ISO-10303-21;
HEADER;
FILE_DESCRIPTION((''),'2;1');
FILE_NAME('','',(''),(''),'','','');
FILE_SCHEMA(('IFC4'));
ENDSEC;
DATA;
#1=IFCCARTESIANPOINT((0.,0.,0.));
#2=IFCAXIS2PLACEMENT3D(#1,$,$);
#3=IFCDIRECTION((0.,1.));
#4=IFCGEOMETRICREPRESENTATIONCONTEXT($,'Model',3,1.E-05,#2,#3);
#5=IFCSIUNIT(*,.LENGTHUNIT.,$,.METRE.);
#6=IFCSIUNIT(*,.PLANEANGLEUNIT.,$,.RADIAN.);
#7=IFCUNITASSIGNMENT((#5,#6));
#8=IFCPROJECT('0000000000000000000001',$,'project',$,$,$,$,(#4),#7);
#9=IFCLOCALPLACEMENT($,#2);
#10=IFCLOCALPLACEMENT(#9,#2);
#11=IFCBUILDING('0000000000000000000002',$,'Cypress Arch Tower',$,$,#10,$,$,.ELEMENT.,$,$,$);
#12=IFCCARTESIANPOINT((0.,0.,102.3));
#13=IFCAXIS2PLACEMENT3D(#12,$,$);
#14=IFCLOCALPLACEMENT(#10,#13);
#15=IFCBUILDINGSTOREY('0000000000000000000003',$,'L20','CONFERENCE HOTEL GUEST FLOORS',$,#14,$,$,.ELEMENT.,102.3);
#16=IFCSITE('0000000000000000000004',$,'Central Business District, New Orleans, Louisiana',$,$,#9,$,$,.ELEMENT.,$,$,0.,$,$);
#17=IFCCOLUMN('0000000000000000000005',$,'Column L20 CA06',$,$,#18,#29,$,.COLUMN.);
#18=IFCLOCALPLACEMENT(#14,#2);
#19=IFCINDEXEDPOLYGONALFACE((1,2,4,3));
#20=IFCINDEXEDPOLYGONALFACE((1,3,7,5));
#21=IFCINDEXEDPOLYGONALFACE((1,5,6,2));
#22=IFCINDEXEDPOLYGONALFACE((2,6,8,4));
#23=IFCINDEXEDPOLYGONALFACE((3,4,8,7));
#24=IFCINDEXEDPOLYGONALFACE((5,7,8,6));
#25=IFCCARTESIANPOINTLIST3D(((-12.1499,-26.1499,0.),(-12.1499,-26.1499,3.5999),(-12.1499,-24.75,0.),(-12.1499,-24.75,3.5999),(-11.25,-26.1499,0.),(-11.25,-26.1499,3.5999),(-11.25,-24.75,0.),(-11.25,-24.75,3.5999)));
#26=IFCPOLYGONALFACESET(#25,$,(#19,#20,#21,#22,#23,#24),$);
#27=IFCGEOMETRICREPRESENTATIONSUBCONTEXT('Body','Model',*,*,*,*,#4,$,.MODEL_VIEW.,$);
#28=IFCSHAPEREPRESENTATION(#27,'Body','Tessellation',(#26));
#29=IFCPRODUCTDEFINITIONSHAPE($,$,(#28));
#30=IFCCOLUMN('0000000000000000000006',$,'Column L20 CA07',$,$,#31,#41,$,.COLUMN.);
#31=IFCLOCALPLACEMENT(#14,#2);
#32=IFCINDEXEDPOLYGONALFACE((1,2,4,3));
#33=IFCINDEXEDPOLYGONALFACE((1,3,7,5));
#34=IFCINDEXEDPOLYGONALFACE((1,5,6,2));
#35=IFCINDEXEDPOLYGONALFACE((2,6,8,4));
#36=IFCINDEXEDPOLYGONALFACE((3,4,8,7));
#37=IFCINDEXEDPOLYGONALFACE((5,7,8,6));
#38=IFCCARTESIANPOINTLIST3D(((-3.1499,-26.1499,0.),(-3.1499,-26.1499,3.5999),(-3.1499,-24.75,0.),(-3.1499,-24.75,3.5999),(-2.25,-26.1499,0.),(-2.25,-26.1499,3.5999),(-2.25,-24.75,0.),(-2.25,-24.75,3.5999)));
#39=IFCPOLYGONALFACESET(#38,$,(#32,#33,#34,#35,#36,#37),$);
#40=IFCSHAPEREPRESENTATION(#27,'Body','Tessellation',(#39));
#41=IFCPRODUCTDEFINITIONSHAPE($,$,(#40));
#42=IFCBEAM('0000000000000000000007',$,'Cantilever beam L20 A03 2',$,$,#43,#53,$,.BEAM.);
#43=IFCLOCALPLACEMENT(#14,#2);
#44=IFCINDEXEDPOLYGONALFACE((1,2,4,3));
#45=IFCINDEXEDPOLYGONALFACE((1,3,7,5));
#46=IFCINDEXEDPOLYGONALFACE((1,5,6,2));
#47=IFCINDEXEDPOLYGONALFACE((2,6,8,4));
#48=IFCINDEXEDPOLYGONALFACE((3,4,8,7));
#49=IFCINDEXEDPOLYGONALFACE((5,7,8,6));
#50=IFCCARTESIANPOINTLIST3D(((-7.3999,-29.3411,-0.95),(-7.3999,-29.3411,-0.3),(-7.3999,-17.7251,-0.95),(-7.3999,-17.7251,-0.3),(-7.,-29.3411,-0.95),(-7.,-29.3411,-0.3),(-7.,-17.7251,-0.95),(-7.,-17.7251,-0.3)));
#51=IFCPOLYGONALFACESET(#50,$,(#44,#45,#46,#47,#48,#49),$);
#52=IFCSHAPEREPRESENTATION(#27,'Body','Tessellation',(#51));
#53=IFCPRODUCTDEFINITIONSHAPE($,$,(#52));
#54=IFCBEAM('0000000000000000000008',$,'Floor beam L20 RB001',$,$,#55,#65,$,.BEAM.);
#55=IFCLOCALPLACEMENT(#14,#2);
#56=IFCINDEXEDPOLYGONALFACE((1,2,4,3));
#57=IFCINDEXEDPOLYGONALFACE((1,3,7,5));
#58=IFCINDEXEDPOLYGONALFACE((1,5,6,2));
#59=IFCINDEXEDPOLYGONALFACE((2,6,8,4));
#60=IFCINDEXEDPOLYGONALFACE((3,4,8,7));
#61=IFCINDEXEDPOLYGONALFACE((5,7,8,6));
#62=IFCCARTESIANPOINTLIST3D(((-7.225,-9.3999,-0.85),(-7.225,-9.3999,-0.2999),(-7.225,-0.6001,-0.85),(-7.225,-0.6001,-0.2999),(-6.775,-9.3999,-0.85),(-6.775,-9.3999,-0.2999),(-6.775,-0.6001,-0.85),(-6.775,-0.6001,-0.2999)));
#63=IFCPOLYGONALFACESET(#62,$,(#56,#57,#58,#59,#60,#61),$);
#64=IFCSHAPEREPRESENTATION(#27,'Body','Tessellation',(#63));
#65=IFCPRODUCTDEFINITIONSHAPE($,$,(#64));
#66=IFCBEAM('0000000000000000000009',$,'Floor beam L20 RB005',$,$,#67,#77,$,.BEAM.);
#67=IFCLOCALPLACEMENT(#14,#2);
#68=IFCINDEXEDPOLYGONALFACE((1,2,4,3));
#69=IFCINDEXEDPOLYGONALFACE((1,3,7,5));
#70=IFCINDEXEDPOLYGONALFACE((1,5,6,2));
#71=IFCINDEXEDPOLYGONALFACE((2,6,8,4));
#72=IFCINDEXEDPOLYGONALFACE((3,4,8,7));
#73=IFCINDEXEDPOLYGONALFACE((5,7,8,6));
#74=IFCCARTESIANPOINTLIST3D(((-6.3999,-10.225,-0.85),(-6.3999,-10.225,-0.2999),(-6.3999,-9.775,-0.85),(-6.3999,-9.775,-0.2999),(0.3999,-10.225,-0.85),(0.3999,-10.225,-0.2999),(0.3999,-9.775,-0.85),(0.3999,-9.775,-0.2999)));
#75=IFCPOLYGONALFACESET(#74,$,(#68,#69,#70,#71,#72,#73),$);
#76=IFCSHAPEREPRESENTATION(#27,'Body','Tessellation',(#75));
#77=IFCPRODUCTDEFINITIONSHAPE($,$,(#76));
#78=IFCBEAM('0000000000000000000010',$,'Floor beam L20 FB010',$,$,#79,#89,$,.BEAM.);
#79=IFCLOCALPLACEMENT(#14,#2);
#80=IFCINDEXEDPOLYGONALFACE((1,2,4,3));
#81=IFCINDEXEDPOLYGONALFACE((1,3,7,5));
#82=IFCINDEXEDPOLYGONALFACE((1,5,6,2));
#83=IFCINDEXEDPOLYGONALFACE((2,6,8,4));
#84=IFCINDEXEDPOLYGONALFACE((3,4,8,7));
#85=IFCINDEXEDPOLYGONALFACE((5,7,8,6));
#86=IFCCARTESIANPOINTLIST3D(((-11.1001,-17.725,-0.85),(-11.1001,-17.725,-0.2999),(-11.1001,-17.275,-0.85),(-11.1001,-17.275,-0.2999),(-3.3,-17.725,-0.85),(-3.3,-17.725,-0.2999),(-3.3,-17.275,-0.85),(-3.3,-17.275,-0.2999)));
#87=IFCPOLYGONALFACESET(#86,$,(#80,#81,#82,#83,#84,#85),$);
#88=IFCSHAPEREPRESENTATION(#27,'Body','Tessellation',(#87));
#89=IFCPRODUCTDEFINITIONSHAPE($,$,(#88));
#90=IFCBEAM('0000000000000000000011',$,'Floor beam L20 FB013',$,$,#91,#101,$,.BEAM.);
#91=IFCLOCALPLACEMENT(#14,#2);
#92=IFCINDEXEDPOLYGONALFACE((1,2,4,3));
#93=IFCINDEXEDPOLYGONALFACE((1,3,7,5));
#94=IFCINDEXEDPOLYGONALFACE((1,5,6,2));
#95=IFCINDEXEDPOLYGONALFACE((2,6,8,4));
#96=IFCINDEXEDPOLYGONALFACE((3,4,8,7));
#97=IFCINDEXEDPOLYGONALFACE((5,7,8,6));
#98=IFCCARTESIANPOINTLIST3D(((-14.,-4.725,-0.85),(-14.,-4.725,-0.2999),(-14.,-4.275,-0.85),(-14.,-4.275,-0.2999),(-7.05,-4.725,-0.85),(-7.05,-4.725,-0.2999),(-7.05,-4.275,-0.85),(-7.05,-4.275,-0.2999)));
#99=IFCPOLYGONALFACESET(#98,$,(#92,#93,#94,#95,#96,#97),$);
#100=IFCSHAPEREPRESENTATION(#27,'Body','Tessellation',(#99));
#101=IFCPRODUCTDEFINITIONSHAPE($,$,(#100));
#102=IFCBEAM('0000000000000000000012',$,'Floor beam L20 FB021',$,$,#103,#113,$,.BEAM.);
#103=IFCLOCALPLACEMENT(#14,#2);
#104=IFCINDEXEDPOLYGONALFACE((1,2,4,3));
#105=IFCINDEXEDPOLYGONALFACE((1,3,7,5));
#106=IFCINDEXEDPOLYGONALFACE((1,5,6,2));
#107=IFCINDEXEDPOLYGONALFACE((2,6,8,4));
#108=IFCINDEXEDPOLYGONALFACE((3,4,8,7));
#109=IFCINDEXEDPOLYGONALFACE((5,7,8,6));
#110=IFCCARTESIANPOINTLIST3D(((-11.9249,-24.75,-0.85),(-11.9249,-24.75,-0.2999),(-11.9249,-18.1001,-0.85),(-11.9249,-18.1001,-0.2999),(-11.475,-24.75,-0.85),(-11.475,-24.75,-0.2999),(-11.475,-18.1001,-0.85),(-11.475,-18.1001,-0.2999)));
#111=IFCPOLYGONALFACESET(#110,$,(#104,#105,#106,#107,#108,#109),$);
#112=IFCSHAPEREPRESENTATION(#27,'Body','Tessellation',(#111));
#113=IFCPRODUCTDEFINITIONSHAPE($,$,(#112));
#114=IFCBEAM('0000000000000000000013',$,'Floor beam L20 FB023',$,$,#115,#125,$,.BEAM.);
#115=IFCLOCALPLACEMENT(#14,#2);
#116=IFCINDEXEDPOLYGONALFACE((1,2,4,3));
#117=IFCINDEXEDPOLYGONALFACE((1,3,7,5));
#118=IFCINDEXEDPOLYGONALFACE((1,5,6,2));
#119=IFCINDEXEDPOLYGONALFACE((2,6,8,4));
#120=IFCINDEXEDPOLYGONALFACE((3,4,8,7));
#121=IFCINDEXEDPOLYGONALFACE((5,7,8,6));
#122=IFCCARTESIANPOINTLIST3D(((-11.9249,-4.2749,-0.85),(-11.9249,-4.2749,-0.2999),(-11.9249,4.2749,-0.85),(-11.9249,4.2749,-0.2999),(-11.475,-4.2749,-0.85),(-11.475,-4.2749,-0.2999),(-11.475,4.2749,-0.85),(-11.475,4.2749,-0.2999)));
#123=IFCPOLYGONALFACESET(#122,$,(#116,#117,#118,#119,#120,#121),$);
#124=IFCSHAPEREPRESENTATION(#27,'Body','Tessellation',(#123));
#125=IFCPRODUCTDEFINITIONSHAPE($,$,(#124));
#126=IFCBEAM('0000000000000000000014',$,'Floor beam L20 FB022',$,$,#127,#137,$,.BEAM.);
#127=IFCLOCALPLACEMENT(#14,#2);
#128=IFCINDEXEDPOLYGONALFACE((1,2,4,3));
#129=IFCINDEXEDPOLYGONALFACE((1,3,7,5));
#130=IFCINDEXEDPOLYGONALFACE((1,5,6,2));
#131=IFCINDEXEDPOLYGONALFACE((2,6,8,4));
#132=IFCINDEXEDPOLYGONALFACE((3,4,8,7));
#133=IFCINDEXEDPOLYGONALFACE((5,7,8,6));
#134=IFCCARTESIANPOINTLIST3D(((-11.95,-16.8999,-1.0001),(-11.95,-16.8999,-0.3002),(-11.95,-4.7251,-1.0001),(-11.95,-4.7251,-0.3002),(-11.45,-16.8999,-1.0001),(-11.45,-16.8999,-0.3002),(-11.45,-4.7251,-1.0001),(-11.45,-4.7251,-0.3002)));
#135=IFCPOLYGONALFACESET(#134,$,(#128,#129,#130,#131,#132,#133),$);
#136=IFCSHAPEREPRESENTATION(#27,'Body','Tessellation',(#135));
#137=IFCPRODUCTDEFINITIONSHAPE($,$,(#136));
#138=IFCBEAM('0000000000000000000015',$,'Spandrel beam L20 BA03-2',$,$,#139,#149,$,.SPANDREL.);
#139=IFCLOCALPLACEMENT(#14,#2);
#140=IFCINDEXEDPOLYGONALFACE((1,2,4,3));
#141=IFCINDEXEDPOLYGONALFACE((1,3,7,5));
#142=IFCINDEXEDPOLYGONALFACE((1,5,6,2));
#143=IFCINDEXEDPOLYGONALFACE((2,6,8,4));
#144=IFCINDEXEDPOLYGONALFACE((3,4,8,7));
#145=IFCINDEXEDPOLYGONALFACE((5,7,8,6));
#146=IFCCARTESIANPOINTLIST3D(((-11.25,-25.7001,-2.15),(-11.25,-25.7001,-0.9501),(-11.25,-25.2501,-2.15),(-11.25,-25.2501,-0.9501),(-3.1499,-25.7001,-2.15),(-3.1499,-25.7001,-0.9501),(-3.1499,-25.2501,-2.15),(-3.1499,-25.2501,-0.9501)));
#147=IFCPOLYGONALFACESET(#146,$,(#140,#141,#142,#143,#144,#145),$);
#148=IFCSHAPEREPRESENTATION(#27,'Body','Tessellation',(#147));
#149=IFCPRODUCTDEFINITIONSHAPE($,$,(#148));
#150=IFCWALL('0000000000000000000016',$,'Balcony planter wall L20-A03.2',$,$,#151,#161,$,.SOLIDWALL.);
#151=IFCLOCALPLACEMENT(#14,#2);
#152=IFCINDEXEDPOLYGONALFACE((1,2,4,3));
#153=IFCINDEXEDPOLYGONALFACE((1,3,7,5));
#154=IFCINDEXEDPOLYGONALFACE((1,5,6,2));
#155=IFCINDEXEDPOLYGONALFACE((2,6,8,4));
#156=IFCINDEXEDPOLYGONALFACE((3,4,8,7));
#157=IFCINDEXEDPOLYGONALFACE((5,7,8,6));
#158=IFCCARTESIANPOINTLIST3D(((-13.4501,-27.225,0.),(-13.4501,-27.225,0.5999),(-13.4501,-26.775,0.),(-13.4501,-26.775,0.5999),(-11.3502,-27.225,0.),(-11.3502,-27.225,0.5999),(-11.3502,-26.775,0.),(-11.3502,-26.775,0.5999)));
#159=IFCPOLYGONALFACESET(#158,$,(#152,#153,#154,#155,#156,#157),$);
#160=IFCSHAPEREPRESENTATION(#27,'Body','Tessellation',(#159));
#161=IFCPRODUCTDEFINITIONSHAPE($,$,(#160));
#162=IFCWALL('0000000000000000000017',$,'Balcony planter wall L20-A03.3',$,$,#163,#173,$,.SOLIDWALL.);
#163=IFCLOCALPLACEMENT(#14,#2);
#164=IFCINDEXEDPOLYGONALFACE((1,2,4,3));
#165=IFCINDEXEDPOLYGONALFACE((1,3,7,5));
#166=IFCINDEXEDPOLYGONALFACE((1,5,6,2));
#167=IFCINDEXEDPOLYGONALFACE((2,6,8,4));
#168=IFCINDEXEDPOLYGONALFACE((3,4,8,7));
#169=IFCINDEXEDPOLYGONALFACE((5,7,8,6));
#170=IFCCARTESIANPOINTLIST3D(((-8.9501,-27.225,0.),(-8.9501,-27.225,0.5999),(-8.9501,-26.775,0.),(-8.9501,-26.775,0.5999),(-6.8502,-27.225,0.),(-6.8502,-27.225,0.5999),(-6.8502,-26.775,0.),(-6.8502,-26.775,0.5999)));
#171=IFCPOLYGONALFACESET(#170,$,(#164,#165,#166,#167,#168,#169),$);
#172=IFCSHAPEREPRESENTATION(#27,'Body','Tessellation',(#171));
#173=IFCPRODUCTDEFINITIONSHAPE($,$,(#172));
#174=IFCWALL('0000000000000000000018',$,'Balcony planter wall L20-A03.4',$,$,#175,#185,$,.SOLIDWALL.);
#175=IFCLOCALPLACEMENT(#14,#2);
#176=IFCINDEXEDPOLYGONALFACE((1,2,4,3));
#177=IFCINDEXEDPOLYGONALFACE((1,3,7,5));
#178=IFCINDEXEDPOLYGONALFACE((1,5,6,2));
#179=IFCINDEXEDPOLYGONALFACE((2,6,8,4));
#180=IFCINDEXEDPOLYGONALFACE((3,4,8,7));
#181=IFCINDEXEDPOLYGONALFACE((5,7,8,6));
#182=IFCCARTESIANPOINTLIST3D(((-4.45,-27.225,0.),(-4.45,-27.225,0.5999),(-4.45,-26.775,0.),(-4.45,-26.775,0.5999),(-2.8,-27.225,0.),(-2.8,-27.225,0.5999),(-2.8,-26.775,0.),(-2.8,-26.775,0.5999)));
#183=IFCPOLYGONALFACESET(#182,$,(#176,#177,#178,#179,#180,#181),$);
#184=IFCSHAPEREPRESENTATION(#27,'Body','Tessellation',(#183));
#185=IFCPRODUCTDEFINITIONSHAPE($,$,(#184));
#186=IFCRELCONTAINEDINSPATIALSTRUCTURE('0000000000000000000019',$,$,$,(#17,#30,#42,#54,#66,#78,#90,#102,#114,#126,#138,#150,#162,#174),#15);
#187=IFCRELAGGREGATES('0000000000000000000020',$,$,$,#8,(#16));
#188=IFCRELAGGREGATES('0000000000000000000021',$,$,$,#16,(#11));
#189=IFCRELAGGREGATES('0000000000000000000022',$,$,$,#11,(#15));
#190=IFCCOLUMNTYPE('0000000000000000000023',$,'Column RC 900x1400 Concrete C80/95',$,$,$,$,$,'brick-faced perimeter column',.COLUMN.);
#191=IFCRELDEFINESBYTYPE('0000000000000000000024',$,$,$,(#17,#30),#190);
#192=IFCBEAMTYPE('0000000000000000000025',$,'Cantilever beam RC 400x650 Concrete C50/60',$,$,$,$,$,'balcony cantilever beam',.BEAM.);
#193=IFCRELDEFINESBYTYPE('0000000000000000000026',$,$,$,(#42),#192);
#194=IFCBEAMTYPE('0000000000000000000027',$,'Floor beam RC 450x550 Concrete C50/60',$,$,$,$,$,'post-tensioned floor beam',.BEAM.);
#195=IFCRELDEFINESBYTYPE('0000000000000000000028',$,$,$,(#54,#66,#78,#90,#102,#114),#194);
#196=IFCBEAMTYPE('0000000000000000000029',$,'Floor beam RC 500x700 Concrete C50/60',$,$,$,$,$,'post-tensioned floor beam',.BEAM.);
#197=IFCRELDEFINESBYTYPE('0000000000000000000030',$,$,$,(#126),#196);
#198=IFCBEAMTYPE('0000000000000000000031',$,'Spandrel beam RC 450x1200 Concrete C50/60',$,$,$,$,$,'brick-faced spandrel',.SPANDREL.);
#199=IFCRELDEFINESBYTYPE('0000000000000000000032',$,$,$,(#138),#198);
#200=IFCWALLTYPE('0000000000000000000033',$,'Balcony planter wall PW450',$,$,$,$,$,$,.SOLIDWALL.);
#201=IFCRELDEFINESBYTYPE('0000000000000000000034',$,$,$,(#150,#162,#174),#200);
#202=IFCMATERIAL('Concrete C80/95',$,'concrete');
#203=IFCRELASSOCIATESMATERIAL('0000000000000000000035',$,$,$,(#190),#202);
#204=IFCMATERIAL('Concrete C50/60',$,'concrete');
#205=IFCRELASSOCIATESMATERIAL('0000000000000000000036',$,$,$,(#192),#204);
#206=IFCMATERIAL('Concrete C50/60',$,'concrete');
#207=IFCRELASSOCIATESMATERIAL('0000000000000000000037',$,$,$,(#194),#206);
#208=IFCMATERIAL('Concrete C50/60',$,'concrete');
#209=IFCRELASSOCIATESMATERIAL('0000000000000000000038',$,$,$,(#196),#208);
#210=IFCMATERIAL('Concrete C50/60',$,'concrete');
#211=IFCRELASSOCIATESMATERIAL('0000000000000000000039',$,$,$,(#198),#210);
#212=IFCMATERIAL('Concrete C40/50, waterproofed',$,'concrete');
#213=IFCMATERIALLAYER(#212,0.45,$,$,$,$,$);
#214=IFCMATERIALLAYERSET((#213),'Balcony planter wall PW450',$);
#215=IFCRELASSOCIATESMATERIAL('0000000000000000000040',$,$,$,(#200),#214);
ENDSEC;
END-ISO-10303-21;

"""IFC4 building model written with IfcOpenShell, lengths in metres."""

from ifc_helpers import new_model, si_unit, direction, frame, frame_2d, origin, origin_2d, place, context, subcontext, project, spatial, rectangle, extrude, material, layer, layer_set, material_profile, profile_set, type_object, element, save


model = new_model("IFC4")

# Units and contexts
model_context = context("Model", 3, precision=1e-05, world=origin(), true_north=direction((0.0, 1.0)))
body_context = subcontext(model_context, "Body", "Model", "MODEL_VIEW")
ifc_project = project(units=[si_unit("LENGTHUNIT", "METRE"), si_unit("PLANEANGLEUNIT", "RADIAN")], contexts=[model_context])

# Site, building, storey
site_placement = place(None, origin())
site = spatial("IfcSite", under=ifc_project, at=site_placement, Name="Central Business District, New Orleans, Louisiana", CompositionType="ELEMENT", RefElevation=0.0)
building_placement = place(site_placement, origin())
building = spatial("IfcBuilding", under=site, at=building_placement, Name="Cypress Arch Tower", CompositionType="ELEMENT")
storey_placement = place(building_placement, frame((0.0, 0.0, 102.3)))
storey = spatial("IfcBuildingStorey", under=building, at=storey_placement, Name="L20", Description="CONFERENCE HOTEL GUEST FLOORS", CompositionType="ELEMENT", Elevation=102.3)

# Columns
ifc_material_1 = material(Name="Concrete C80/95", Category="concrete")
ifc_material_profile_1 = material_profile(ifc_material_1, rectangle(XDim=0.8999, YDim=1.3999, at=origin_2d()), Name="RC 900x1400")
ifc_profile_set_1 = profile_set([ifc_material_profile_1], Name="Concrete C80/95")
column_type = type_object("IfcColumnType", Name="Column RC 900x1400 Concrete C80/95", ElementType="brick-faced perimeter column", PredefinedType="COLUMN", material=ifc_profile_set_1)
for number, where, z_axis, x_axis, name in (
    (1, (-11.7, -25.45, 0.0), (0.0, 0.0, 1.0), (1.0, 0.0, 0.0), "Column L20 CA06"),
    (2, (-2.7, -25.45, 0.0), (0.0, 0.0, 1.0), (1.0, 0.0, 0.0), "Column L20 CA07"),
):
    element("IfcColumn", number, at=place(storey_placement, frame(where, z_axis=z_axis, x_axis=x_axis)), inside=storey, type_object=column_type, Name=name, PredefinedType="COLUMN", context=body_context, shape_type="SweptSolid", body=[
        extrude(rectangle(XDim=0.8999, YDim=1.3999, at=origin_2d()), origin(), (0.0, 0.0, 1.0), 3.5999),
    ])

# Beams
ifc_material_2 = material(Name="Concrete C50/60", Category="concrete")
ifc_material_profile_2 = material_profile(ifc_material_2, rectangle(XDim=0.3999, YDim=0.6499, at=origin_2d()), Name="RC 400x650")
ifc_profile_set_2 = profile_set([ifc_material_profile_2], Name="Concrete C50/60")
beam_type_1 = type_object("IfcBeamType", Name="Cantilever beam RC 400x650 Concrete C50/60", ElementType="balcony cantilever beam", PredefinedType="BEAM", material=ifc_profile_set_2)
beam_1_placement = place(storey_placement, frame((-7.2, -17.7251, -0.625), z_axis=(0.0, -1.0, 0.0), x_axis=(1.0, 0.0, 0.0)))
element("IfcBeam", 3, at=beam_1_placement, inside=storey, type_object=beam_type_1, Name="Cantilever beam L20 A03 2", PredefinedType="BEAM", context=body_context, shape_type="SweptSolid", body=[
    extrude(rectangle(XDim=0.3999, YDim=0.6499, at=origin_2d()), origin(), (0.0, 0.0, 1.0), 11.616),
])
ifc_material_3 = material(Name="Concrete C50/60", Category="concrete")
ifc_material_profile_3 = material_profile(ifc_material_3, rectangle(XDim=0.45, YDim=0.55, at=origin_2d()), Name="RC 450x550")
ifc_profile_set_3 = profile_set([ifc_material_profile_3], Name="Concrete C50/60")
beam_type_2 = type_object("IfcBeamType", Name="Floor beam RC 450x550 Concrete C50/60", ElementType="post-tensioned floor beam", PredefinedType="BEAM", material=ifc_profile_set_3)
beam_2_placement = place(storey_placement, frame((-7.0, -9.3999, -0.575), z_axis=(0.0, 1.0, 0.0), x_axis=(-1.0, 0.0, 0.0)))
element("IfcBeam", 4, at=beam_2_placement, inside=storey, type_object=beam_type_2, Name="Floor beam L20 RB001", PredefinedType="BEAM", context=body_context, shape_type="SweptSolid", body=[
    extrude(rectangle(XDim=0.45, YDim=0.55, at=origin_2d()), origin(), (0.0, 0.0, 1.0), 8.7998),
])
beam_3_placement = place(storey_placement, frame((-6.3999, -10.0, -0.575), z_axis=(1.0, 0.0, 0.0), x_axis=(0.0, 1.0, 0.0)))
element("IfcBeam", 5, at=beam_3_placement, inside=storey, type_object=beam_type_2, Name="Floor beam L20 RB005", PredefinedType="BEAM", context=body_context, shape_type="SweptSolid", body=[
    extrude(rectangle(XDim=0.45, YDim=0.55, at=origin_2d()), origin(), (0.0, 0.0, 1.0), 6.7998),
])
beam_4_placement = place(storey_placement, frame((-11.1001, -17.5, -0.575), z_axis=(1.0, 0.0, 0.0), x_axis=(0.0, 1.0, 0.0)))
element("IfcBeam", 6, at=beam_4_placement, inside=storey, type_object=beam_type_2, Name="Floor beam L20 FB010", PredefinedType="BEAM", context=body_context, shape_type="SweptSolid", body=[
    extrude(rectangle(XDim=0.45, YDim=0.55, at=origin_2d()), origin(), (0.0, 0.0, 1.0), 7.8),
])
beam_5_placement = place(storey_placement, frame((-14.0, -4.5, -0.575), z_axis=(1.0, 0.0, 0.0), x_axis=(0.0, 1.0, 0.0)))
element("IfcBeam", 7, at=beam_5_placement, inside=storey, type_object=beam_type_2, Name="Floor beam L20 FB013", PredefinedType="BEAM", context=body_context, shape_type="SweptSolid", body=[
    extrude(rectangle(XDim=0.45, YDim=0.55, at=origin_2d()), origin(), (0.0, 0.0, 1.0), 6.95),
])
beam_6_placement = place(storey_placement, frame((-11.7, -24.75, -0.575), z_axis=(0.0, 1.0, 0.0), x_axis=(-1.0, 0.0, 0.0)))
element("IfcBeam", 8, at=beam_6_placement, inside=storey, type_object=beam_type_2, Name="Floor beam L20 FB021", PredefinedType="BEAM", context=body_context, shape_type="SweptSolid", body=[
    extrude(rectangle(XDim=0.45, YDim=0.55, at=origin_2d()), origin(), (0.0, 0.0, 1.0), 6.6499),
])
beam_7_placement = place(storey_placement, frame((-11.7, -4.2749, -0.575), z_axis=(0.0, 1.0, 0.0), x_axis=(-1.0, 0.0, 0.0)))
element("IfcBeam", 9, at=beam_7_placement, inside=storey, type_object=beam_type_2, Name="Floor beam L20 FB023", PredefinedType="BEAM", context=body_context, shape_type="SweptSolid", body=[
    extrude(rectangle(XDim=0.45, YDim=0.55, at=origin_2d()), origin(), (0.0, 0.0, 1.0), 8.5498),
])
ifc_material_4 = material(Name="Concrete C50/60", Category="concrete")
ifc_material_profile_4 = material_profile(ifc_material_4, rectangle(XDim=0.5, YDim=0.7, at=origin_2d()), Name="RC 500x700")
ifc_profile_set_4 = profile_set([ifc_material_profile_4], Name="Concrete C50/60")
beam_type_3 = type_object("IfcBeamType", Name="Floor beam RC 500x700 Concrete C50/60", ElementType="post-tensioned floor beam", PredefinedType="BEAM", material=ifc_profile_set_4)
beam_8_placement = place(storey_placement, frame((-11.7, -16.8999, -0.6501), z_axis=(0.0, 1.0, 0.0), x_axis=(-1.0, 0.0, 0.0)))
element("IfcBeam", 10, at=beam_8_placement, inside=storey, type_object=beam_type_3, Name="Floor beam L20 FB022", PredefinedType="BEAM", context=body_context, shape_type="SweptSolid", body=[
    extrude(rectangle(XDim=0.5, YDim=0.7, at=origin_2d()), origin(), (0.0, 0.0, 1.0), 12.1748),
])
ifc_material_5 = material(Name="Concrete C50/60", Category="concrete")
ifc_material_profile_5 = material_profile(ifc_material_5, rectangle(XDim=0.45, YDim=1.2, at=origin_2d()), Name="RC 450x1200")
ifc_profile_set_5 = profile_set([ifc_material_profile_5], Name="Concrete C50/60")
beam_type_4 = type_object("IfcBeamType", Name="Spandrel beam RC 450x1200 Concrete C50/60", ElementType="brick-faced spandrel", PredefinedType="SPANDREL", material=ifc_profile_set_5)
beam_9_placement = place(storey_placement, frame((-11.25, -25.4751, -1.55), z_axis=(1.0, 0.0, 0.0), x_axis=(0.0, 1.0, 0.0)))
element("IfcBeam", 11, at=beam_9_placement, inside=storey, type_object=beam_type_4, Name="Spandrel beam L20 BA03-2", PredefinedType="SPANDREL", context=body_context, shape_type="SweptSolid", body=[
    extrude(rectangle(XDim=0.45, YDim=1.2, at=origin_2d()), origin(), (0.0, 0.0, 1.0), 8.1001),
])

# Walls
ifc_material_6 = material(Name="Concrete C40/50, waterproofed", Category="concrete")
ifc_layer_1 = layer(ifc_material_6, 0.45)
ifc_layer_set_1 = layer_set([ifc_layer_1], Name="Balcony planter wall PW450")
wall_type_1 = type_object("IfcWallType", Name="Balcony planter wall PW450", PredefinedType="SOLIDWALL", material=ifc_layer_set_1)
for number, where, z_axis, x_axis, name in (
    (12, (-13.45, -27.0, 0.0), (0.0, 0.0, 1.0), (1.0, 0.0, 0.0), "Balcony planter wall L20-A03.2"),
    (13, (-8.95, -27.0, 0.0), (0.0, 0.0, 1.0), (1.0, 0.0, 0.0), "Balcony planter wall L20-A03.3"),
):
    element("IfcWall", number, at=place(storey_placement, frame(where, z_axis=z_axis, x_axis=x_axis)), inside=storey, type_object=wall_type_1, Name=name, PredefinedType="SOLIDWALL", context=body_context, shape_type="SweptSolid", body=[
        extrude(rectangle(XDim=2.0999, YDim=0.45, at=frame_2d((1.0498, 0.0))), origin(), (0.0, 0.0, 1.0), 0.5999),
    ])
wall_1_placement = place(storey_placement, frame((-4.45, -27.0, 0.0), z_axis=(0.0, 0.0, 1.0), x_axis=(1.0, 0.0, 0.0)))
element("IfcWall", 14, at=wall_1_placement, inside=storey, type_object=wall_type_1, Name="Balcony planter wall L20-A03.4", PredefinedType="SOLIDWALL", context=body_context, shape_type="SweptSolid", body=[
    extrude(rectangle(XDim=1.6499, YDim=0.45, at=frame_2d((0.825, 0.0))), origin(), (0.0, 0.0, 1.0), 0.5999),
])

save(model, "model.ifc")
